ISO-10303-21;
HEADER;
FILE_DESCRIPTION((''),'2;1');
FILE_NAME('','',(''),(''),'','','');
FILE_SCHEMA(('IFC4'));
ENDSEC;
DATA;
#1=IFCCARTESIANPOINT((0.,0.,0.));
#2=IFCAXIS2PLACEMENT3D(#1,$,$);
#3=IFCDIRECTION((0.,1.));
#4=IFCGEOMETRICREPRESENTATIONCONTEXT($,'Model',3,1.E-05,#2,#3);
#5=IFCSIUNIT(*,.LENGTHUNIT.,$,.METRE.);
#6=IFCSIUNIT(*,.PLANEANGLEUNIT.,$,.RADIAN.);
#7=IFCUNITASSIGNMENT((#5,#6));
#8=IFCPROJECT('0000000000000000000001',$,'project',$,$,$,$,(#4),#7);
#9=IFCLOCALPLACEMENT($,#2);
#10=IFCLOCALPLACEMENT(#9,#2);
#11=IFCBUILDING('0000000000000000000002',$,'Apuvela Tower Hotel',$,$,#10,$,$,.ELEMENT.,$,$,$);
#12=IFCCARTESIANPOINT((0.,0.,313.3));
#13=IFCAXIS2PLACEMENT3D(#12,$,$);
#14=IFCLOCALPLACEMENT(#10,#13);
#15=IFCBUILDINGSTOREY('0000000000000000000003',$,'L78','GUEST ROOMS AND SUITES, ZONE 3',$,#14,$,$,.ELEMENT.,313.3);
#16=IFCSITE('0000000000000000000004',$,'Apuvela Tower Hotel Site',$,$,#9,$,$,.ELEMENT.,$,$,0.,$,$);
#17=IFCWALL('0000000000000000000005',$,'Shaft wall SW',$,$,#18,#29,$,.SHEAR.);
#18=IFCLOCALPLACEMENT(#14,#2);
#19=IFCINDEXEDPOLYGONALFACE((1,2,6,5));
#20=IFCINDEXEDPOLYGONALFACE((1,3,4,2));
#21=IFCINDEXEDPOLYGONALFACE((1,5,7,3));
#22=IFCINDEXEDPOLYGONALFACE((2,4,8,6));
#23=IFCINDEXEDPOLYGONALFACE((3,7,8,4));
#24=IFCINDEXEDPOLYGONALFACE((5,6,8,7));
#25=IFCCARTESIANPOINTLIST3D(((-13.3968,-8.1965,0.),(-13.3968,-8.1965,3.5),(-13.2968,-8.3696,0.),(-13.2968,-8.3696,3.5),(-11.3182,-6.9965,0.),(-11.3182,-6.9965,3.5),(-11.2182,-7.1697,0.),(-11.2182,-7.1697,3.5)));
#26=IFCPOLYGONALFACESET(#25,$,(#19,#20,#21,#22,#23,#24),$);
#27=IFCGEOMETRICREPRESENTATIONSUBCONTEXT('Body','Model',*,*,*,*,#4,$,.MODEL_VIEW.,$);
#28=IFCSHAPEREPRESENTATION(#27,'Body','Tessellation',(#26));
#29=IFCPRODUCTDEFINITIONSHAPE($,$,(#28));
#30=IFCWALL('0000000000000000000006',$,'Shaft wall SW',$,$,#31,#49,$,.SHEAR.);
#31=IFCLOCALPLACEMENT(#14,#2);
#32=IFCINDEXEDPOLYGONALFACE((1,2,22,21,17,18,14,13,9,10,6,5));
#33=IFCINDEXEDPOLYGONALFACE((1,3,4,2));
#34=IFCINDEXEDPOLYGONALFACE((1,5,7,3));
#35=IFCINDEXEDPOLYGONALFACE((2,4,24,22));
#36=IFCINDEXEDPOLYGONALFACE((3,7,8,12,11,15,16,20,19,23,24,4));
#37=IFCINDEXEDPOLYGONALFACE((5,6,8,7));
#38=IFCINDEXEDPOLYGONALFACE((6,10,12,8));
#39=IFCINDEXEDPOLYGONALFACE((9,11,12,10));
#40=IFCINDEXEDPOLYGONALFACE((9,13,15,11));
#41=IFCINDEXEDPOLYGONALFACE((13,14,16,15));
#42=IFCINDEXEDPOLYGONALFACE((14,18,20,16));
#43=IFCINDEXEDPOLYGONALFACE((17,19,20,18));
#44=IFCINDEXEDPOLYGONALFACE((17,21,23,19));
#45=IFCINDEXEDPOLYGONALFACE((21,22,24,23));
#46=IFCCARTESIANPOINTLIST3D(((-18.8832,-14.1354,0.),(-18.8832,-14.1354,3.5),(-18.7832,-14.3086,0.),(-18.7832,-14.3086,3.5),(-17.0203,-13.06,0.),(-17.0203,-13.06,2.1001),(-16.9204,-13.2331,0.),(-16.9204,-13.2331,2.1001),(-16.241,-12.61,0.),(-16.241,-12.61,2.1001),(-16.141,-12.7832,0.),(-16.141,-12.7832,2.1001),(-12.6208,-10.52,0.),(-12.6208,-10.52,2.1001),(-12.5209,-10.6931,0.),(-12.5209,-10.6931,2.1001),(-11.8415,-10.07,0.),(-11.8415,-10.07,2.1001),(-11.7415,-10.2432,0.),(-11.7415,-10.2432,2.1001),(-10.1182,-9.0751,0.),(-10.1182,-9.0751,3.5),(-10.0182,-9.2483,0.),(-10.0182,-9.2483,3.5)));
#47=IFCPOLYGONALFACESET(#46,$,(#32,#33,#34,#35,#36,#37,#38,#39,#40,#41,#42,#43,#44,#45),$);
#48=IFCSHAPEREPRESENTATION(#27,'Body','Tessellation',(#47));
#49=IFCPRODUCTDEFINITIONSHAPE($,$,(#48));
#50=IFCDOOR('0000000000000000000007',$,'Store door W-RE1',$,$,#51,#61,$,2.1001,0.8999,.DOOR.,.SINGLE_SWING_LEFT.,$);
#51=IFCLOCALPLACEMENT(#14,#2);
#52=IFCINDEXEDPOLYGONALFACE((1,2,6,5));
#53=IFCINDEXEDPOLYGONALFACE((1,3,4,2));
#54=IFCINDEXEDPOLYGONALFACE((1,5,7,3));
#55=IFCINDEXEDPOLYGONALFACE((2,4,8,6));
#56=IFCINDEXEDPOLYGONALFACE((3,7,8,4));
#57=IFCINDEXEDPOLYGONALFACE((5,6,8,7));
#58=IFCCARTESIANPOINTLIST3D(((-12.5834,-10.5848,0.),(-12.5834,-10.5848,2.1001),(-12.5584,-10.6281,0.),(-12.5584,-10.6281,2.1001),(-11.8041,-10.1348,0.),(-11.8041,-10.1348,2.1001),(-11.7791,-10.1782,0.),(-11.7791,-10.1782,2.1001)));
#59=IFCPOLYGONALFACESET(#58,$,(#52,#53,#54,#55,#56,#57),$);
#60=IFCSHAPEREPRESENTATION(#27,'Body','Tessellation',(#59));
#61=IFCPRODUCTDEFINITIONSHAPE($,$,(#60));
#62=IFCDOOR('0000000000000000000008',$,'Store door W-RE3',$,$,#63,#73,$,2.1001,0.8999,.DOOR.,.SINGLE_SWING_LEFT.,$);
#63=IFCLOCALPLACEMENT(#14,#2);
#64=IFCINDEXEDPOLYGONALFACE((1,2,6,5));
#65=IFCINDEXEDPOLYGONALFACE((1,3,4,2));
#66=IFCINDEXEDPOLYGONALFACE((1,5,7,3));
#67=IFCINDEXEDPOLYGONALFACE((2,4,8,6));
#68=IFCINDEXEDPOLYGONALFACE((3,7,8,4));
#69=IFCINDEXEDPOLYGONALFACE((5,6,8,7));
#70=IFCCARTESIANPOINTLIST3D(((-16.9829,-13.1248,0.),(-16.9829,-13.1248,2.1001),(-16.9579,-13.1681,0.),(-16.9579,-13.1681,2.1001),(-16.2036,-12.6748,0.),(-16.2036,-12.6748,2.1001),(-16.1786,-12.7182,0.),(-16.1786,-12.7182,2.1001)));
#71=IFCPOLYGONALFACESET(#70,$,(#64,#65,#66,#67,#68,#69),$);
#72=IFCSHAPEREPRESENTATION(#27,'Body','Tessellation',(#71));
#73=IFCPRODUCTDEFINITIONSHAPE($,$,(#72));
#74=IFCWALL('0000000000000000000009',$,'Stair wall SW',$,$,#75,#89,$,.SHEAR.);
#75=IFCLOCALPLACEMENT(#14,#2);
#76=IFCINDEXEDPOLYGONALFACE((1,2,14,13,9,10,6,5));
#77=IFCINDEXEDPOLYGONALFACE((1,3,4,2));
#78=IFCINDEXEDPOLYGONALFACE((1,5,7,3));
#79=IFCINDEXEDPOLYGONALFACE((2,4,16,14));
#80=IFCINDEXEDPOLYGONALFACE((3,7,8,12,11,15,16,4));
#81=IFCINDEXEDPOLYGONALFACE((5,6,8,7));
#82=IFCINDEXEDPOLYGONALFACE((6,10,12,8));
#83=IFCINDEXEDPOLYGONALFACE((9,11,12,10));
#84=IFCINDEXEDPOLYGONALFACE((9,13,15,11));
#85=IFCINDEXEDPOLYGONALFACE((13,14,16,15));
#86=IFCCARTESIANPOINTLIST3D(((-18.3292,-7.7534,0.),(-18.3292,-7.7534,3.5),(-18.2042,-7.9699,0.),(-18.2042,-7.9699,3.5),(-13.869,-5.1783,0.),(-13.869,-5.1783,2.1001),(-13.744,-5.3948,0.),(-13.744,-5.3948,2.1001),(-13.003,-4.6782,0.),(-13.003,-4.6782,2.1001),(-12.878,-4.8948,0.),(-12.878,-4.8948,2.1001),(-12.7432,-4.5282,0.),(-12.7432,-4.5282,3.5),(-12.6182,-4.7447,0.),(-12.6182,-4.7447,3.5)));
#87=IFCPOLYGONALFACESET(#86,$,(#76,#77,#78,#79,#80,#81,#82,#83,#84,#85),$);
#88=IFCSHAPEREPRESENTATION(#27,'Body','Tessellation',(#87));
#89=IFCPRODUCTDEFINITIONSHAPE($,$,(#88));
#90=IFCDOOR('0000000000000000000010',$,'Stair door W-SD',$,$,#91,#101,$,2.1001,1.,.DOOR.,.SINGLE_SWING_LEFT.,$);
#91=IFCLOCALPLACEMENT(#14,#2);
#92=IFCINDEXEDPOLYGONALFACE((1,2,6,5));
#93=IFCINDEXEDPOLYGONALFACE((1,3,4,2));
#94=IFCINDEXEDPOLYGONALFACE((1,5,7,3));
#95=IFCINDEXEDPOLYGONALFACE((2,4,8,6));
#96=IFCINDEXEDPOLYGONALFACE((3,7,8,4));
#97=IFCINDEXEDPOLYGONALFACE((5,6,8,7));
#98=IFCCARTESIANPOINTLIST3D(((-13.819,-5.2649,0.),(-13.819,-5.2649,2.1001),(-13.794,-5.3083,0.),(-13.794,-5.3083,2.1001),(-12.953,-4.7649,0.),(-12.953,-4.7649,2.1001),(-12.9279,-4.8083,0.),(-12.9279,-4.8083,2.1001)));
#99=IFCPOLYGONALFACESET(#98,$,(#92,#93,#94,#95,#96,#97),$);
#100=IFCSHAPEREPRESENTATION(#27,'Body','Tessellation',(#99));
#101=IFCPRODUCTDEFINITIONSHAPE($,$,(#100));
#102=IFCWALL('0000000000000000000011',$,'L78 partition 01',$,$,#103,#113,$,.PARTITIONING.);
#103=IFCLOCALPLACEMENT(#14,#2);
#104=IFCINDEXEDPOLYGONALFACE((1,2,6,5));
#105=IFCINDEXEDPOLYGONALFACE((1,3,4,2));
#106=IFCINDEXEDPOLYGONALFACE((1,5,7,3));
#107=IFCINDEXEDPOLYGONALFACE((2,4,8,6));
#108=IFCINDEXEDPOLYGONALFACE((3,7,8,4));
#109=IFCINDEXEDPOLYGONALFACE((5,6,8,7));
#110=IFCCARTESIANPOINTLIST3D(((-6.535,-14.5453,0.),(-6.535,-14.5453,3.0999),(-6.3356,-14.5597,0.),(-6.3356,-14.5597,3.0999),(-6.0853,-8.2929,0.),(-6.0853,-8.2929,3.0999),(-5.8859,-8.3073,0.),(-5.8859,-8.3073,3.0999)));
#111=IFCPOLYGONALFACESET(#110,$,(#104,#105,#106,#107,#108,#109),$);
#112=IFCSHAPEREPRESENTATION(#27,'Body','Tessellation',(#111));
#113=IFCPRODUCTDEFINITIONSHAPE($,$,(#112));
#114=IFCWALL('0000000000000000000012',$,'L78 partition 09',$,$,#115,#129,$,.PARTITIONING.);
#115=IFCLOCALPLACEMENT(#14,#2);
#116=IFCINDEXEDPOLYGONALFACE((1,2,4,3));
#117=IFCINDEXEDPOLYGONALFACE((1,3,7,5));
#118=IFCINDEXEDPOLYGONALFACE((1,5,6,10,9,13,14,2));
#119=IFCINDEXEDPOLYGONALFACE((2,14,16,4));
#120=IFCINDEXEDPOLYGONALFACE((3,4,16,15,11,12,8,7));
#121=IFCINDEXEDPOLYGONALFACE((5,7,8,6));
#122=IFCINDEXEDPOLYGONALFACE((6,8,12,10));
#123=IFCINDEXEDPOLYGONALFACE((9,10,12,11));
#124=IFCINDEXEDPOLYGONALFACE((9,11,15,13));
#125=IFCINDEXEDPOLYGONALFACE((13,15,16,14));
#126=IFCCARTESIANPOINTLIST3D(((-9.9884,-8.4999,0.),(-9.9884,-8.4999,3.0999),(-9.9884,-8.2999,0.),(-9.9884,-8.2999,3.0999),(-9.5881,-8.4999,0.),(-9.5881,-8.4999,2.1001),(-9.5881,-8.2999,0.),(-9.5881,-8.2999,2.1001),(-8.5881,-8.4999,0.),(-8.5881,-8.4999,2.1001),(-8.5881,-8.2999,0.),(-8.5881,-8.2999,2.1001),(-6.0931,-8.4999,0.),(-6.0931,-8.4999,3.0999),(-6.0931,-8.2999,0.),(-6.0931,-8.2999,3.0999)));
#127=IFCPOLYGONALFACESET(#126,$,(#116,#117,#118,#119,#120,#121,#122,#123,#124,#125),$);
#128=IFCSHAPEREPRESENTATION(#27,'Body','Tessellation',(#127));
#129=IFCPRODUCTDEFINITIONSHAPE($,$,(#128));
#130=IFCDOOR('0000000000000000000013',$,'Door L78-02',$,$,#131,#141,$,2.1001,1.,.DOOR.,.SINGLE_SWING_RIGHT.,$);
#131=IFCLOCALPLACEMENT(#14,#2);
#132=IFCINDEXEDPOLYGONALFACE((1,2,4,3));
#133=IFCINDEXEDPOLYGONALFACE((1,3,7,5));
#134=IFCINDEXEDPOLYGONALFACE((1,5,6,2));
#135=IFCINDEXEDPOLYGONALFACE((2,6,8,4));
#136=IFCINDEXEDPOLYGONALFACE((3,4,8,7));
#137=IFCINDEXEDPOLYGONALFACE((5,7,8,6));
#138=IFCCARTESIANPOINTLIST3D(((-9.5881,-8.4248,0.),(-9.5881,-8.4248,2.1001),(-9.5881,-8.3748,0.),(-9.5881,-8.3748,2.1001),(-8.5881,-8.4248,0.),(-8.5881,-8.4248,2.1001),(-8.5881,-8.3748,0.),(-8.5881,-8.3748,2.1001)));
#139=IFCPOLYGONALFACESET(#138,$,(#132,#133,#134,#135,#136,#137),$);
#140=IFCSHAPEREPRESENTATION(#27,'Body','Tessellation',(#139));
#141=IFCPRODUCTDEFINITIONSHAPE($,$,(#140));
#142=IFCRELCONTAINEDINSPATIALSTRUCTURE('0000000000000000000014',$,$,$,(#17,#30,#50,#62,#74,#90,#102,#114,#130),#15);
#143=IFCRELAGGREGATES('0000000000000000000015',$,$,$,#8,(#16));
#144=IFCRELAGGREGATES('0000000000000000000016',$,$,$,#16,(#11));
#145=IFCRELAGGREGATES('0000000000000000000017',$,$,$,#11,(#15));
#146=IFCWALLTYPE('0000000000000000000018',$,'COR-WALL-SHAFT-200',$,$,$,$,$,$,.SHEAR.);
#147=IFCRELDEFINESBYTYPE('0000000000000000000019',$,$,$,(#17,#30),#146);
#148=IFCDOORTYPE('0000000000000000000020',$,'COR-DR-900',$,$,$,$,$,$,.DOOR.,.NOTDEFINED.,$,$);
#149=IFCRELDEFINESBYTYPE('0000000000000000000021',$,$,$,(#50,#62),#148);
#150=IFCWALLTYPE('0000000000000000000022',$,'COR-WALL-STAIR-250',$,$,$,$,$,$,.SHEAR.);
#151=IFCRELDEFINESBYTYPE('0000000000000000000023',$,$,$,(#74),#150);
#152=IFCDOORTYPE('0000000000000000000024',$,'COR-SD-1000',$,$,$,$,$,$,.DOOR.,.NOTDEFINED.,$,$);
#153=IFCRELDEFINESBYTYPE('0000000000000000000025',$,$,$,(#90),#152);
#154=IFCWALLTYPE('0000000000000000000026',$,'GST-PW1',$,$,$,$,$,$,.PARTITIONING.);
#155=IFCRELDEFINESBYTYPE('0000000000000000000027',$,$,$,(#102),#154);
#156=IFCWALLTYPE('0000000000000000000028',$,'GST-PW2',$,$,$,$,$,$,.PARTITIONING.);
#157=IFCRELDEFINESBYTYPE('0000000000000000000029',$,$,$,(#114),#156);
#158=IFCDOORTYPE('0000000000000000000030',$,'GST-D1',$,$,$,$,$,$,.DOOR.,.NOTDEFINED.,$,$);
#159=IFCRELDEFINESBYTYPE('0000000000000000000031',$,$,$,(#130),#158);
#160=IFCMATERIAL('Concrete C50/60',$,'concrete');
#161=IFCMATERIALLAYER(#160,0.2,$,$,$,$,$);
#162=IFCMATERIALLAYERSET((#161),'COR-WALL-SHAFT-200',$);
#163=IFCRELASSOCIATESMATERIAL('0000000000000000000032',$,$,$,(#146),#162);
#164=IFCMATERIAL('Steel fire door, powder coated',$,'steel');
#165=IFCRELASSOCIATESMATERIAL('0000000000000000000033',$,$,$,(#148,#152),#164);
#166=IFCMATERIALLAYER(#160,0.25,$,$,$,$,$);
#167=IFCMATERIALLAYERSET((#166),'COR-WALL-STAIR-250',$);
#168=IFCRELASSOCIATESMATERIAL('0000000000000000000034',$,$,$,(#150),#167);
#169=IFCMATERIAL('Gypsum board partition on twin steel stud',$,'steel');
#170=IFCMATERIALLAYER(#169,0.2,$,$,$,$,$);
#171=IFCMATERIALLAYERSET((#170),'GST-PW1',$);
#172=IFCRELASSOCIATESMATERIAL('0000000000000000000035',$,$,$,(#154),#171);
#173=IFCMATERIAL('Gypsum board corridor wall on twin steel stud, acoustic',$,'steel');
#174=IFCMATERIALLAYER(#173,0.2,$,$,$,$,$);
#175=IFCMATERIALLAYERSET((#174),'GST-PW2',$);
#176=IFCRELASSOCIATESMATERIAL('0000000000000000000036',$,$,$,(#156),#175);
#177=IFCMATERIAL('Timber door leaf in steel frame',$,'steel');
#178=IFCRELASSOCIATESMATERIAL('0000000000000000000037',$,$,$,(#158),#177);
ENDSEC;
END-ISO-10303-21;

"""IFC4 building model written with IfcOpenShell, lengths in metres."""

from ifc_helpers import new_model, si_unit, direction, frame, frame_2d, origin, place, context, subcontext, project, spatial, rectangle, extrude, material, layer, layer_set, type_object, element, fill, save


model = new_model("IFC4")

# Units and contexts
model_context = context("Model", 3, precision=1e-05, world=origin(), true_north=direction((0.0, 1.0)))
body_context = subcontext(model_context, "Body", "Model", "MODEL_VIEW")
ifc_project = project(units=[si_unit("LENGTHUNIT", "METRE"), si_unit("PLANEANGLEUNIT", "RADIAN")], contexts=[model_context])

# Site, building, storey
site_placement = place(None, origin())
site = spatial("IfcSite", under=ifc_project, at=site_placement, Name="Apuvela Tower Hotel Site", CompositionType="ELEMENT", RefElevation=0.0)
building_placement = place(site_placement, origin())
building = spatial("IfcBuilding", under=site, at=building_placement, Name="Apuvela Tower Hotel", CompositionType="ELEMENT")
storey_placement = place(building_placement, frame((0.0, 0.0, 313.3)))
storey = spatial("IfcBuildingStorey", under=building, at=storey_placement, Name="L78", Description="GUEST ROOMS AND SUITES, ZONE 3", CompositionType="ELEMENT", Elevation=313.3)

# Wall
ifc_material_1 = material(Name="Concrete C50/60", Category="concrete")
ifc_layer_1 = layer(ifc_material_1, 0.2)
ifc_layer_set_1 = layer_set([ifc_layer_1], Name="COR-WALL-SHAFT-200")
wall_type_1 = type_object("IfcWallType", Name="COR-WALL-SHAFT-200", PredefinedType="SHEAR", material=ifc_layer_set_1)
wall_1_placement = place(storey_placement, frame((-11.2681, -7.083, 0.0), z_axis=(0.0, 0.0, 1.0), x_axis=(-0.86605, -0.499957, 0.0)))
element("IfcWall", 1, at=wall_1_placement, inside=storey, type_object=wall_type_1, Name="Shaft wall SW", PredefinedType="SHEAR", context=body_context, shape_type="SweptSolid", body=[
    extrude(rectangle(XDim=2.4001, YDim=0.2, at=frame_2d((1.2002, 0.0))), origin(), (0.0, 0.0, 1.0), 3.5),
])

# Wall, openings, doors
wall_2_placement = place(storey_placement, frame((-10.0681, -9.1616, 0.0), z_axis=(0.0, 0.0, 1.0), x_axis=(-0.86603, -0.499992, 0.0)))
wall_2 = element("IfcWall", 2, at=wall_2_placement, inside=storey, type_object=wall_type_1, Name="Shaft wall SW", PredefinedType="SHEAR", context=body_context, shape_type="SweptSolid", body=[
    extrude(rectangle(XDim=10.1208, YDim=0.2, at=frame_2d((5.0605, 0.0))), origin(), (0.0, 0.0, 1.0), 3.5),
])
opening_1_placement = place(wall_2_placement, frame((1.99, 0.0, 0.0)))
opening_1 = element("IfcOpeningElement", 3, at=opening_1_placement, cuts=wall_2, PredefinedType="OPENING", context=body_context, shape_type="SweptSolid", body=[
    extrude(rectangle(XDim=0.8999, YDim=2.1001, at=frame_2d((0.45, 1.05))), frame((0.0, 0.1099, 0.0), z_axis=(0.0, -1.0, 0.0), x_axis=(1.0, 0.0, 0.0)), (0.0, 0.0, 1.0), 0.22),
])
opening_2_placement = place(wall_2_placement, frame((7.0701, 0.0, 0.0)))
opening_2 = element("IfcOpeningElement", 4, at=opening_2_placement, cuts=wall_2, PredefinedType="OPENING", context=body_context, shape_type="SweptSolid", body=[
    extrude(rectangle(XDim=0.8999, YDim=2.1001, at=frame_2d((0.45, 1.05))), frame((0.0, 0.1099, 0.0), z_axis=(0.0, -1.0, 0.0), x_axis=(1.0, 0.0, 0.0)), (0.0, 0.0, 1.0), 0.22),
])
ifc_material_2 = material(Name="Steel fire door, powder coated", Category="steel")
door_type_1 = type_object("IfcDoorType", Name="COR-DR-900", OperationType="NOTDEFINED", PredefinedType="DOOR", material=ifc_material_2)
door_1_placement = place(opening_1_placement, origin())
door_1 = element("IfcDoor", 5, at=door_1_placement, inside=storey, type_object=door_type_1, Name="Store door W-RE1", OperationType="SINGLE_SWING_LEFT", OverallHeight=2.1001, OverallWidth=0.8999, PredefinedType="DOOR", context=body_context, shape_type="SweptSolid", body=[
    extrude(rectangle(XDim=0.8999, YDim=2.1001, at=frame_2d((0.45, 1.05))), frame((0.0, 0.0249, 0.0), z_axis=(0.0, -1.0, 0.0), x_axis=(1.0, 0.0, 0.0)), (0.0, 0.0, 1.0), 0.05),
])
fill(opening_1, door_1)
door_2_placement = place(opening_2_placement, origin())
door_2 = element("IfcDoor", 6, at=door_2_placement, inside=storey, type_object=door_type_1, Name="Store door W-RE3", OperationType="SINGLE_SWING_LEFT", OverallHeight=2.1001, OverallWidth=0.8999, PredefinedType="DOOR", context=body_context, shape_type="SweptSolid", body=[
    extrude(rectangle(XDim=0.8999, YDim=2.1001, at=frame_2d((0.45, 1.05))), frame((0.0, 0.0249, 0.0), z_axis=(0.0, -1.0, 0.0), x_axis=(1.0, 0.0, 0.0)), (0.0, 0.0, 1.0), 0.05),
])
fill(opening_2, door_2)

# Wall, opening, door
ifc_layer_2 = layer(ifc_material_1, 0.25)
ifc_layer_set_2 = layer_set([ifc_layer_2], Name="COR-WALL-STAIR-250")
wall_type_2 = type_object("IfcWallType", Name="COR-WALL-STAIR-250", PredefinedType="SHEAR", material=ifc_layer_set_2)
wall_3_placement = place(storey_placement, frame((-12.6807, -4.6365, 0.0), z_axis=(0.0, 0.0, 1.0), x_axis=(-0.866022, -0.500006, 0.0)))
wall_3 = element("IfcWall", 7, at=wall_3_placement, inside=storey, type_object=wall_type_2, Name="Stair wall SW", PredefinedType="SHEAR", context=body_context, shape_type="SweptSolid", body=[
    extrude(rectangle(XDim=6.4502, YDim=0.25, at=frame_2d((3.2251, 0.0))), origin(), (0.0, 0.0, 1.0), 3.5),
])
opening_3_placement = place(wall_3_placement, frame((0.3, 0.0, 0.0)))
opening_3 = element("IfcOpeningElement", 8, at=opening_3_placement, cuts=wall_3, PredefinedType="OPENING", context=body_context, shape_type="SweptSolid", body=[
    extrude(rectangle(XDim=1.0, YDim=2.1001, at=frame_2d((0.5, 1.05))), frame((0.0, 0.135, 0.0), z_axis=(0.0, -1.0, 0.0), x_axis=(1.0, 0.0, 0.0)), (0.0, 0.0, 1.0), 0.27),
])
door_type_2 = type_object("IfcDoorType", Name="COR-SD-1000", OperationType="NOTDEFINED", PredefinedType="DOOR", material=ifc_material_2)
door_3_placement = place(opening_3_placement, frame((1.0, 0.0, 0.0), z_axis=(0.0, 0.0, 1.0), x_axis=(-1.0, 0.0, 0.0)))
door_3 = element("IfcDoor", 9, at=door_3_placement, inside=storey, type_object=door_type_2, Name="Stair door W-SD", OperationType="SINGLE_SWING_LEFT", OverallHeight=2.1001, OverallWidth=1.0, PredefinedType="DOOR", context=body_context, shape_type="SweptSolid", body=[
    extrude(rectangle(XDim=1.0, YDim=2.1001, at=frame_2d((0.5, 1.05))), frame((0.0, 0.0249, 0.0), z_axis=(0.0, -1.0, 0.0), x_axis=(1.0, 0.0, 0.0)), (0.0, 0.0, 1.0), 0.05),
])
fill(opening_3, door_3)

# Wall
ifc_material_3 = material(Name="Gypsum board partition on twin steel stud", Category="steel")
ifc_layer_3 = layer(ifc_material_3, 0.2)
ifc_layer_set_3 = layer_set([ifc_layer_3], Name="GST-PW1")
wall_type_3 = type_object("IfcWallType", Name="GST-PW1", PredefinedType="PARTITIONING", material=ifc_layer_set_3)
wall_4_placement = place(storey_placement, frame((-6.4353, -14.5525, 0.0), z_axis=(0.0, 0.0, 1.0), x_axis=(0.07174, 0.997423, 0.0)))
element("IfcWall", 10, at=wall_4_placement, inside=storey, type_object=wall_type_3, Name="L78 partition 01", PredefinedType="PARTITIONING", context=body_context, shape_type="SweptSolid", body=[
    extrude(rectangle(XDim=6.2686, YDim=0.2, at=frame_2d((3.1343, 0.0))), origin(), (0.0, 0.0, 1.0), 3.0999),
])

# Wall, opening, door
ifc_material_4 = material(Name="Gypsum board corridor wall on twin steel stud, acoustic", Category="steel")
ifc_layer_4 = layer(ifc_material_4, 0.2)
ifc_layer_set_4 = layer_set([ifc_layer_4], Name="GST-PW2")
wall_type_4 = type_object("IfcWallType", Name="GST-PW2", PredefinedType="PARTITIONING", material=ifc_layer_set_4)
wall_5_placement = place(storey_placement, frame((-6.093, -8.3999, 0.0), z_axis=(0.0, 0.0, 1.0), x_axis=(-1.0, 0.0, 0.0)))
wall_5 = element("IfcWall", 11, at=wall_5_placement, inside=storey, type_object=wall_type_4, Name="L78 partition 09", PredefinedType="PARTITIONING", context=body_context, shape_type="SweptSolid", body=[
    extrude(rectangle(XDim=3.8953, YDim=0.2, at=frame_2d((1.9478, 0.0))), origin(), (0.0, 0.0, 1.0), 3.0999),
])
opening_4_placement = place(wall_5_placement, frame((2.4951, 0.0, 0.0)))
opening_4 = element("IfcOpeningElement", 12, at=opening_4_placement, cuts=wall_5, PredefinedType="OPENING", context=body_context, shape_type="SweptSolid", body=[
    extrude(rectangle(XDim=1.0, YDim=2.1001, at=frame_2d((0.5, 1.05))), frame((0.0, 0.1099, 0.0), z_axis=(0.0, -1.0, 0.0), x_axis=(1.0, 0.0, 0.0)), (0.0, 0.0, 1.0), 0.22),
])
ifc_material_5 = material(Name="Timber door leaf in steel frame", Category="steel")
door_type_3 = type_object("IfcDoorType", Name="GST-D1", OperationType="NOTDEFINED", PredefinedType="DOOR", material=ifc_material_5)
door_4_placement = place(opening_4_placement, origin())
door_4 = element("IfcDoor", 13, at=door_4_placement, inside=storey, type_object=door_type_3, Name="Door L78-02", OperationType="SINGLE_SWING_RIGHT", OverallHeight=2.1001, OverallWidth=1.0, PredefinedType="DOOR", context=body_context, shape_type="SweptSolid", body=[
    extrude(rectangle(XDim=1.0, YDim=2.1001, at=frame_2d((0.5, 1.05))), frame((0.0, 0.0249, 0.0), z_axis=(0.0, -1.0, 0.0), x_axis=(1.0, 0.0, 0.0)), (0.0, 0.0, 1.0), 0.05),
])
fill(opening_4, door_4)

save(model, "model.ifc")
